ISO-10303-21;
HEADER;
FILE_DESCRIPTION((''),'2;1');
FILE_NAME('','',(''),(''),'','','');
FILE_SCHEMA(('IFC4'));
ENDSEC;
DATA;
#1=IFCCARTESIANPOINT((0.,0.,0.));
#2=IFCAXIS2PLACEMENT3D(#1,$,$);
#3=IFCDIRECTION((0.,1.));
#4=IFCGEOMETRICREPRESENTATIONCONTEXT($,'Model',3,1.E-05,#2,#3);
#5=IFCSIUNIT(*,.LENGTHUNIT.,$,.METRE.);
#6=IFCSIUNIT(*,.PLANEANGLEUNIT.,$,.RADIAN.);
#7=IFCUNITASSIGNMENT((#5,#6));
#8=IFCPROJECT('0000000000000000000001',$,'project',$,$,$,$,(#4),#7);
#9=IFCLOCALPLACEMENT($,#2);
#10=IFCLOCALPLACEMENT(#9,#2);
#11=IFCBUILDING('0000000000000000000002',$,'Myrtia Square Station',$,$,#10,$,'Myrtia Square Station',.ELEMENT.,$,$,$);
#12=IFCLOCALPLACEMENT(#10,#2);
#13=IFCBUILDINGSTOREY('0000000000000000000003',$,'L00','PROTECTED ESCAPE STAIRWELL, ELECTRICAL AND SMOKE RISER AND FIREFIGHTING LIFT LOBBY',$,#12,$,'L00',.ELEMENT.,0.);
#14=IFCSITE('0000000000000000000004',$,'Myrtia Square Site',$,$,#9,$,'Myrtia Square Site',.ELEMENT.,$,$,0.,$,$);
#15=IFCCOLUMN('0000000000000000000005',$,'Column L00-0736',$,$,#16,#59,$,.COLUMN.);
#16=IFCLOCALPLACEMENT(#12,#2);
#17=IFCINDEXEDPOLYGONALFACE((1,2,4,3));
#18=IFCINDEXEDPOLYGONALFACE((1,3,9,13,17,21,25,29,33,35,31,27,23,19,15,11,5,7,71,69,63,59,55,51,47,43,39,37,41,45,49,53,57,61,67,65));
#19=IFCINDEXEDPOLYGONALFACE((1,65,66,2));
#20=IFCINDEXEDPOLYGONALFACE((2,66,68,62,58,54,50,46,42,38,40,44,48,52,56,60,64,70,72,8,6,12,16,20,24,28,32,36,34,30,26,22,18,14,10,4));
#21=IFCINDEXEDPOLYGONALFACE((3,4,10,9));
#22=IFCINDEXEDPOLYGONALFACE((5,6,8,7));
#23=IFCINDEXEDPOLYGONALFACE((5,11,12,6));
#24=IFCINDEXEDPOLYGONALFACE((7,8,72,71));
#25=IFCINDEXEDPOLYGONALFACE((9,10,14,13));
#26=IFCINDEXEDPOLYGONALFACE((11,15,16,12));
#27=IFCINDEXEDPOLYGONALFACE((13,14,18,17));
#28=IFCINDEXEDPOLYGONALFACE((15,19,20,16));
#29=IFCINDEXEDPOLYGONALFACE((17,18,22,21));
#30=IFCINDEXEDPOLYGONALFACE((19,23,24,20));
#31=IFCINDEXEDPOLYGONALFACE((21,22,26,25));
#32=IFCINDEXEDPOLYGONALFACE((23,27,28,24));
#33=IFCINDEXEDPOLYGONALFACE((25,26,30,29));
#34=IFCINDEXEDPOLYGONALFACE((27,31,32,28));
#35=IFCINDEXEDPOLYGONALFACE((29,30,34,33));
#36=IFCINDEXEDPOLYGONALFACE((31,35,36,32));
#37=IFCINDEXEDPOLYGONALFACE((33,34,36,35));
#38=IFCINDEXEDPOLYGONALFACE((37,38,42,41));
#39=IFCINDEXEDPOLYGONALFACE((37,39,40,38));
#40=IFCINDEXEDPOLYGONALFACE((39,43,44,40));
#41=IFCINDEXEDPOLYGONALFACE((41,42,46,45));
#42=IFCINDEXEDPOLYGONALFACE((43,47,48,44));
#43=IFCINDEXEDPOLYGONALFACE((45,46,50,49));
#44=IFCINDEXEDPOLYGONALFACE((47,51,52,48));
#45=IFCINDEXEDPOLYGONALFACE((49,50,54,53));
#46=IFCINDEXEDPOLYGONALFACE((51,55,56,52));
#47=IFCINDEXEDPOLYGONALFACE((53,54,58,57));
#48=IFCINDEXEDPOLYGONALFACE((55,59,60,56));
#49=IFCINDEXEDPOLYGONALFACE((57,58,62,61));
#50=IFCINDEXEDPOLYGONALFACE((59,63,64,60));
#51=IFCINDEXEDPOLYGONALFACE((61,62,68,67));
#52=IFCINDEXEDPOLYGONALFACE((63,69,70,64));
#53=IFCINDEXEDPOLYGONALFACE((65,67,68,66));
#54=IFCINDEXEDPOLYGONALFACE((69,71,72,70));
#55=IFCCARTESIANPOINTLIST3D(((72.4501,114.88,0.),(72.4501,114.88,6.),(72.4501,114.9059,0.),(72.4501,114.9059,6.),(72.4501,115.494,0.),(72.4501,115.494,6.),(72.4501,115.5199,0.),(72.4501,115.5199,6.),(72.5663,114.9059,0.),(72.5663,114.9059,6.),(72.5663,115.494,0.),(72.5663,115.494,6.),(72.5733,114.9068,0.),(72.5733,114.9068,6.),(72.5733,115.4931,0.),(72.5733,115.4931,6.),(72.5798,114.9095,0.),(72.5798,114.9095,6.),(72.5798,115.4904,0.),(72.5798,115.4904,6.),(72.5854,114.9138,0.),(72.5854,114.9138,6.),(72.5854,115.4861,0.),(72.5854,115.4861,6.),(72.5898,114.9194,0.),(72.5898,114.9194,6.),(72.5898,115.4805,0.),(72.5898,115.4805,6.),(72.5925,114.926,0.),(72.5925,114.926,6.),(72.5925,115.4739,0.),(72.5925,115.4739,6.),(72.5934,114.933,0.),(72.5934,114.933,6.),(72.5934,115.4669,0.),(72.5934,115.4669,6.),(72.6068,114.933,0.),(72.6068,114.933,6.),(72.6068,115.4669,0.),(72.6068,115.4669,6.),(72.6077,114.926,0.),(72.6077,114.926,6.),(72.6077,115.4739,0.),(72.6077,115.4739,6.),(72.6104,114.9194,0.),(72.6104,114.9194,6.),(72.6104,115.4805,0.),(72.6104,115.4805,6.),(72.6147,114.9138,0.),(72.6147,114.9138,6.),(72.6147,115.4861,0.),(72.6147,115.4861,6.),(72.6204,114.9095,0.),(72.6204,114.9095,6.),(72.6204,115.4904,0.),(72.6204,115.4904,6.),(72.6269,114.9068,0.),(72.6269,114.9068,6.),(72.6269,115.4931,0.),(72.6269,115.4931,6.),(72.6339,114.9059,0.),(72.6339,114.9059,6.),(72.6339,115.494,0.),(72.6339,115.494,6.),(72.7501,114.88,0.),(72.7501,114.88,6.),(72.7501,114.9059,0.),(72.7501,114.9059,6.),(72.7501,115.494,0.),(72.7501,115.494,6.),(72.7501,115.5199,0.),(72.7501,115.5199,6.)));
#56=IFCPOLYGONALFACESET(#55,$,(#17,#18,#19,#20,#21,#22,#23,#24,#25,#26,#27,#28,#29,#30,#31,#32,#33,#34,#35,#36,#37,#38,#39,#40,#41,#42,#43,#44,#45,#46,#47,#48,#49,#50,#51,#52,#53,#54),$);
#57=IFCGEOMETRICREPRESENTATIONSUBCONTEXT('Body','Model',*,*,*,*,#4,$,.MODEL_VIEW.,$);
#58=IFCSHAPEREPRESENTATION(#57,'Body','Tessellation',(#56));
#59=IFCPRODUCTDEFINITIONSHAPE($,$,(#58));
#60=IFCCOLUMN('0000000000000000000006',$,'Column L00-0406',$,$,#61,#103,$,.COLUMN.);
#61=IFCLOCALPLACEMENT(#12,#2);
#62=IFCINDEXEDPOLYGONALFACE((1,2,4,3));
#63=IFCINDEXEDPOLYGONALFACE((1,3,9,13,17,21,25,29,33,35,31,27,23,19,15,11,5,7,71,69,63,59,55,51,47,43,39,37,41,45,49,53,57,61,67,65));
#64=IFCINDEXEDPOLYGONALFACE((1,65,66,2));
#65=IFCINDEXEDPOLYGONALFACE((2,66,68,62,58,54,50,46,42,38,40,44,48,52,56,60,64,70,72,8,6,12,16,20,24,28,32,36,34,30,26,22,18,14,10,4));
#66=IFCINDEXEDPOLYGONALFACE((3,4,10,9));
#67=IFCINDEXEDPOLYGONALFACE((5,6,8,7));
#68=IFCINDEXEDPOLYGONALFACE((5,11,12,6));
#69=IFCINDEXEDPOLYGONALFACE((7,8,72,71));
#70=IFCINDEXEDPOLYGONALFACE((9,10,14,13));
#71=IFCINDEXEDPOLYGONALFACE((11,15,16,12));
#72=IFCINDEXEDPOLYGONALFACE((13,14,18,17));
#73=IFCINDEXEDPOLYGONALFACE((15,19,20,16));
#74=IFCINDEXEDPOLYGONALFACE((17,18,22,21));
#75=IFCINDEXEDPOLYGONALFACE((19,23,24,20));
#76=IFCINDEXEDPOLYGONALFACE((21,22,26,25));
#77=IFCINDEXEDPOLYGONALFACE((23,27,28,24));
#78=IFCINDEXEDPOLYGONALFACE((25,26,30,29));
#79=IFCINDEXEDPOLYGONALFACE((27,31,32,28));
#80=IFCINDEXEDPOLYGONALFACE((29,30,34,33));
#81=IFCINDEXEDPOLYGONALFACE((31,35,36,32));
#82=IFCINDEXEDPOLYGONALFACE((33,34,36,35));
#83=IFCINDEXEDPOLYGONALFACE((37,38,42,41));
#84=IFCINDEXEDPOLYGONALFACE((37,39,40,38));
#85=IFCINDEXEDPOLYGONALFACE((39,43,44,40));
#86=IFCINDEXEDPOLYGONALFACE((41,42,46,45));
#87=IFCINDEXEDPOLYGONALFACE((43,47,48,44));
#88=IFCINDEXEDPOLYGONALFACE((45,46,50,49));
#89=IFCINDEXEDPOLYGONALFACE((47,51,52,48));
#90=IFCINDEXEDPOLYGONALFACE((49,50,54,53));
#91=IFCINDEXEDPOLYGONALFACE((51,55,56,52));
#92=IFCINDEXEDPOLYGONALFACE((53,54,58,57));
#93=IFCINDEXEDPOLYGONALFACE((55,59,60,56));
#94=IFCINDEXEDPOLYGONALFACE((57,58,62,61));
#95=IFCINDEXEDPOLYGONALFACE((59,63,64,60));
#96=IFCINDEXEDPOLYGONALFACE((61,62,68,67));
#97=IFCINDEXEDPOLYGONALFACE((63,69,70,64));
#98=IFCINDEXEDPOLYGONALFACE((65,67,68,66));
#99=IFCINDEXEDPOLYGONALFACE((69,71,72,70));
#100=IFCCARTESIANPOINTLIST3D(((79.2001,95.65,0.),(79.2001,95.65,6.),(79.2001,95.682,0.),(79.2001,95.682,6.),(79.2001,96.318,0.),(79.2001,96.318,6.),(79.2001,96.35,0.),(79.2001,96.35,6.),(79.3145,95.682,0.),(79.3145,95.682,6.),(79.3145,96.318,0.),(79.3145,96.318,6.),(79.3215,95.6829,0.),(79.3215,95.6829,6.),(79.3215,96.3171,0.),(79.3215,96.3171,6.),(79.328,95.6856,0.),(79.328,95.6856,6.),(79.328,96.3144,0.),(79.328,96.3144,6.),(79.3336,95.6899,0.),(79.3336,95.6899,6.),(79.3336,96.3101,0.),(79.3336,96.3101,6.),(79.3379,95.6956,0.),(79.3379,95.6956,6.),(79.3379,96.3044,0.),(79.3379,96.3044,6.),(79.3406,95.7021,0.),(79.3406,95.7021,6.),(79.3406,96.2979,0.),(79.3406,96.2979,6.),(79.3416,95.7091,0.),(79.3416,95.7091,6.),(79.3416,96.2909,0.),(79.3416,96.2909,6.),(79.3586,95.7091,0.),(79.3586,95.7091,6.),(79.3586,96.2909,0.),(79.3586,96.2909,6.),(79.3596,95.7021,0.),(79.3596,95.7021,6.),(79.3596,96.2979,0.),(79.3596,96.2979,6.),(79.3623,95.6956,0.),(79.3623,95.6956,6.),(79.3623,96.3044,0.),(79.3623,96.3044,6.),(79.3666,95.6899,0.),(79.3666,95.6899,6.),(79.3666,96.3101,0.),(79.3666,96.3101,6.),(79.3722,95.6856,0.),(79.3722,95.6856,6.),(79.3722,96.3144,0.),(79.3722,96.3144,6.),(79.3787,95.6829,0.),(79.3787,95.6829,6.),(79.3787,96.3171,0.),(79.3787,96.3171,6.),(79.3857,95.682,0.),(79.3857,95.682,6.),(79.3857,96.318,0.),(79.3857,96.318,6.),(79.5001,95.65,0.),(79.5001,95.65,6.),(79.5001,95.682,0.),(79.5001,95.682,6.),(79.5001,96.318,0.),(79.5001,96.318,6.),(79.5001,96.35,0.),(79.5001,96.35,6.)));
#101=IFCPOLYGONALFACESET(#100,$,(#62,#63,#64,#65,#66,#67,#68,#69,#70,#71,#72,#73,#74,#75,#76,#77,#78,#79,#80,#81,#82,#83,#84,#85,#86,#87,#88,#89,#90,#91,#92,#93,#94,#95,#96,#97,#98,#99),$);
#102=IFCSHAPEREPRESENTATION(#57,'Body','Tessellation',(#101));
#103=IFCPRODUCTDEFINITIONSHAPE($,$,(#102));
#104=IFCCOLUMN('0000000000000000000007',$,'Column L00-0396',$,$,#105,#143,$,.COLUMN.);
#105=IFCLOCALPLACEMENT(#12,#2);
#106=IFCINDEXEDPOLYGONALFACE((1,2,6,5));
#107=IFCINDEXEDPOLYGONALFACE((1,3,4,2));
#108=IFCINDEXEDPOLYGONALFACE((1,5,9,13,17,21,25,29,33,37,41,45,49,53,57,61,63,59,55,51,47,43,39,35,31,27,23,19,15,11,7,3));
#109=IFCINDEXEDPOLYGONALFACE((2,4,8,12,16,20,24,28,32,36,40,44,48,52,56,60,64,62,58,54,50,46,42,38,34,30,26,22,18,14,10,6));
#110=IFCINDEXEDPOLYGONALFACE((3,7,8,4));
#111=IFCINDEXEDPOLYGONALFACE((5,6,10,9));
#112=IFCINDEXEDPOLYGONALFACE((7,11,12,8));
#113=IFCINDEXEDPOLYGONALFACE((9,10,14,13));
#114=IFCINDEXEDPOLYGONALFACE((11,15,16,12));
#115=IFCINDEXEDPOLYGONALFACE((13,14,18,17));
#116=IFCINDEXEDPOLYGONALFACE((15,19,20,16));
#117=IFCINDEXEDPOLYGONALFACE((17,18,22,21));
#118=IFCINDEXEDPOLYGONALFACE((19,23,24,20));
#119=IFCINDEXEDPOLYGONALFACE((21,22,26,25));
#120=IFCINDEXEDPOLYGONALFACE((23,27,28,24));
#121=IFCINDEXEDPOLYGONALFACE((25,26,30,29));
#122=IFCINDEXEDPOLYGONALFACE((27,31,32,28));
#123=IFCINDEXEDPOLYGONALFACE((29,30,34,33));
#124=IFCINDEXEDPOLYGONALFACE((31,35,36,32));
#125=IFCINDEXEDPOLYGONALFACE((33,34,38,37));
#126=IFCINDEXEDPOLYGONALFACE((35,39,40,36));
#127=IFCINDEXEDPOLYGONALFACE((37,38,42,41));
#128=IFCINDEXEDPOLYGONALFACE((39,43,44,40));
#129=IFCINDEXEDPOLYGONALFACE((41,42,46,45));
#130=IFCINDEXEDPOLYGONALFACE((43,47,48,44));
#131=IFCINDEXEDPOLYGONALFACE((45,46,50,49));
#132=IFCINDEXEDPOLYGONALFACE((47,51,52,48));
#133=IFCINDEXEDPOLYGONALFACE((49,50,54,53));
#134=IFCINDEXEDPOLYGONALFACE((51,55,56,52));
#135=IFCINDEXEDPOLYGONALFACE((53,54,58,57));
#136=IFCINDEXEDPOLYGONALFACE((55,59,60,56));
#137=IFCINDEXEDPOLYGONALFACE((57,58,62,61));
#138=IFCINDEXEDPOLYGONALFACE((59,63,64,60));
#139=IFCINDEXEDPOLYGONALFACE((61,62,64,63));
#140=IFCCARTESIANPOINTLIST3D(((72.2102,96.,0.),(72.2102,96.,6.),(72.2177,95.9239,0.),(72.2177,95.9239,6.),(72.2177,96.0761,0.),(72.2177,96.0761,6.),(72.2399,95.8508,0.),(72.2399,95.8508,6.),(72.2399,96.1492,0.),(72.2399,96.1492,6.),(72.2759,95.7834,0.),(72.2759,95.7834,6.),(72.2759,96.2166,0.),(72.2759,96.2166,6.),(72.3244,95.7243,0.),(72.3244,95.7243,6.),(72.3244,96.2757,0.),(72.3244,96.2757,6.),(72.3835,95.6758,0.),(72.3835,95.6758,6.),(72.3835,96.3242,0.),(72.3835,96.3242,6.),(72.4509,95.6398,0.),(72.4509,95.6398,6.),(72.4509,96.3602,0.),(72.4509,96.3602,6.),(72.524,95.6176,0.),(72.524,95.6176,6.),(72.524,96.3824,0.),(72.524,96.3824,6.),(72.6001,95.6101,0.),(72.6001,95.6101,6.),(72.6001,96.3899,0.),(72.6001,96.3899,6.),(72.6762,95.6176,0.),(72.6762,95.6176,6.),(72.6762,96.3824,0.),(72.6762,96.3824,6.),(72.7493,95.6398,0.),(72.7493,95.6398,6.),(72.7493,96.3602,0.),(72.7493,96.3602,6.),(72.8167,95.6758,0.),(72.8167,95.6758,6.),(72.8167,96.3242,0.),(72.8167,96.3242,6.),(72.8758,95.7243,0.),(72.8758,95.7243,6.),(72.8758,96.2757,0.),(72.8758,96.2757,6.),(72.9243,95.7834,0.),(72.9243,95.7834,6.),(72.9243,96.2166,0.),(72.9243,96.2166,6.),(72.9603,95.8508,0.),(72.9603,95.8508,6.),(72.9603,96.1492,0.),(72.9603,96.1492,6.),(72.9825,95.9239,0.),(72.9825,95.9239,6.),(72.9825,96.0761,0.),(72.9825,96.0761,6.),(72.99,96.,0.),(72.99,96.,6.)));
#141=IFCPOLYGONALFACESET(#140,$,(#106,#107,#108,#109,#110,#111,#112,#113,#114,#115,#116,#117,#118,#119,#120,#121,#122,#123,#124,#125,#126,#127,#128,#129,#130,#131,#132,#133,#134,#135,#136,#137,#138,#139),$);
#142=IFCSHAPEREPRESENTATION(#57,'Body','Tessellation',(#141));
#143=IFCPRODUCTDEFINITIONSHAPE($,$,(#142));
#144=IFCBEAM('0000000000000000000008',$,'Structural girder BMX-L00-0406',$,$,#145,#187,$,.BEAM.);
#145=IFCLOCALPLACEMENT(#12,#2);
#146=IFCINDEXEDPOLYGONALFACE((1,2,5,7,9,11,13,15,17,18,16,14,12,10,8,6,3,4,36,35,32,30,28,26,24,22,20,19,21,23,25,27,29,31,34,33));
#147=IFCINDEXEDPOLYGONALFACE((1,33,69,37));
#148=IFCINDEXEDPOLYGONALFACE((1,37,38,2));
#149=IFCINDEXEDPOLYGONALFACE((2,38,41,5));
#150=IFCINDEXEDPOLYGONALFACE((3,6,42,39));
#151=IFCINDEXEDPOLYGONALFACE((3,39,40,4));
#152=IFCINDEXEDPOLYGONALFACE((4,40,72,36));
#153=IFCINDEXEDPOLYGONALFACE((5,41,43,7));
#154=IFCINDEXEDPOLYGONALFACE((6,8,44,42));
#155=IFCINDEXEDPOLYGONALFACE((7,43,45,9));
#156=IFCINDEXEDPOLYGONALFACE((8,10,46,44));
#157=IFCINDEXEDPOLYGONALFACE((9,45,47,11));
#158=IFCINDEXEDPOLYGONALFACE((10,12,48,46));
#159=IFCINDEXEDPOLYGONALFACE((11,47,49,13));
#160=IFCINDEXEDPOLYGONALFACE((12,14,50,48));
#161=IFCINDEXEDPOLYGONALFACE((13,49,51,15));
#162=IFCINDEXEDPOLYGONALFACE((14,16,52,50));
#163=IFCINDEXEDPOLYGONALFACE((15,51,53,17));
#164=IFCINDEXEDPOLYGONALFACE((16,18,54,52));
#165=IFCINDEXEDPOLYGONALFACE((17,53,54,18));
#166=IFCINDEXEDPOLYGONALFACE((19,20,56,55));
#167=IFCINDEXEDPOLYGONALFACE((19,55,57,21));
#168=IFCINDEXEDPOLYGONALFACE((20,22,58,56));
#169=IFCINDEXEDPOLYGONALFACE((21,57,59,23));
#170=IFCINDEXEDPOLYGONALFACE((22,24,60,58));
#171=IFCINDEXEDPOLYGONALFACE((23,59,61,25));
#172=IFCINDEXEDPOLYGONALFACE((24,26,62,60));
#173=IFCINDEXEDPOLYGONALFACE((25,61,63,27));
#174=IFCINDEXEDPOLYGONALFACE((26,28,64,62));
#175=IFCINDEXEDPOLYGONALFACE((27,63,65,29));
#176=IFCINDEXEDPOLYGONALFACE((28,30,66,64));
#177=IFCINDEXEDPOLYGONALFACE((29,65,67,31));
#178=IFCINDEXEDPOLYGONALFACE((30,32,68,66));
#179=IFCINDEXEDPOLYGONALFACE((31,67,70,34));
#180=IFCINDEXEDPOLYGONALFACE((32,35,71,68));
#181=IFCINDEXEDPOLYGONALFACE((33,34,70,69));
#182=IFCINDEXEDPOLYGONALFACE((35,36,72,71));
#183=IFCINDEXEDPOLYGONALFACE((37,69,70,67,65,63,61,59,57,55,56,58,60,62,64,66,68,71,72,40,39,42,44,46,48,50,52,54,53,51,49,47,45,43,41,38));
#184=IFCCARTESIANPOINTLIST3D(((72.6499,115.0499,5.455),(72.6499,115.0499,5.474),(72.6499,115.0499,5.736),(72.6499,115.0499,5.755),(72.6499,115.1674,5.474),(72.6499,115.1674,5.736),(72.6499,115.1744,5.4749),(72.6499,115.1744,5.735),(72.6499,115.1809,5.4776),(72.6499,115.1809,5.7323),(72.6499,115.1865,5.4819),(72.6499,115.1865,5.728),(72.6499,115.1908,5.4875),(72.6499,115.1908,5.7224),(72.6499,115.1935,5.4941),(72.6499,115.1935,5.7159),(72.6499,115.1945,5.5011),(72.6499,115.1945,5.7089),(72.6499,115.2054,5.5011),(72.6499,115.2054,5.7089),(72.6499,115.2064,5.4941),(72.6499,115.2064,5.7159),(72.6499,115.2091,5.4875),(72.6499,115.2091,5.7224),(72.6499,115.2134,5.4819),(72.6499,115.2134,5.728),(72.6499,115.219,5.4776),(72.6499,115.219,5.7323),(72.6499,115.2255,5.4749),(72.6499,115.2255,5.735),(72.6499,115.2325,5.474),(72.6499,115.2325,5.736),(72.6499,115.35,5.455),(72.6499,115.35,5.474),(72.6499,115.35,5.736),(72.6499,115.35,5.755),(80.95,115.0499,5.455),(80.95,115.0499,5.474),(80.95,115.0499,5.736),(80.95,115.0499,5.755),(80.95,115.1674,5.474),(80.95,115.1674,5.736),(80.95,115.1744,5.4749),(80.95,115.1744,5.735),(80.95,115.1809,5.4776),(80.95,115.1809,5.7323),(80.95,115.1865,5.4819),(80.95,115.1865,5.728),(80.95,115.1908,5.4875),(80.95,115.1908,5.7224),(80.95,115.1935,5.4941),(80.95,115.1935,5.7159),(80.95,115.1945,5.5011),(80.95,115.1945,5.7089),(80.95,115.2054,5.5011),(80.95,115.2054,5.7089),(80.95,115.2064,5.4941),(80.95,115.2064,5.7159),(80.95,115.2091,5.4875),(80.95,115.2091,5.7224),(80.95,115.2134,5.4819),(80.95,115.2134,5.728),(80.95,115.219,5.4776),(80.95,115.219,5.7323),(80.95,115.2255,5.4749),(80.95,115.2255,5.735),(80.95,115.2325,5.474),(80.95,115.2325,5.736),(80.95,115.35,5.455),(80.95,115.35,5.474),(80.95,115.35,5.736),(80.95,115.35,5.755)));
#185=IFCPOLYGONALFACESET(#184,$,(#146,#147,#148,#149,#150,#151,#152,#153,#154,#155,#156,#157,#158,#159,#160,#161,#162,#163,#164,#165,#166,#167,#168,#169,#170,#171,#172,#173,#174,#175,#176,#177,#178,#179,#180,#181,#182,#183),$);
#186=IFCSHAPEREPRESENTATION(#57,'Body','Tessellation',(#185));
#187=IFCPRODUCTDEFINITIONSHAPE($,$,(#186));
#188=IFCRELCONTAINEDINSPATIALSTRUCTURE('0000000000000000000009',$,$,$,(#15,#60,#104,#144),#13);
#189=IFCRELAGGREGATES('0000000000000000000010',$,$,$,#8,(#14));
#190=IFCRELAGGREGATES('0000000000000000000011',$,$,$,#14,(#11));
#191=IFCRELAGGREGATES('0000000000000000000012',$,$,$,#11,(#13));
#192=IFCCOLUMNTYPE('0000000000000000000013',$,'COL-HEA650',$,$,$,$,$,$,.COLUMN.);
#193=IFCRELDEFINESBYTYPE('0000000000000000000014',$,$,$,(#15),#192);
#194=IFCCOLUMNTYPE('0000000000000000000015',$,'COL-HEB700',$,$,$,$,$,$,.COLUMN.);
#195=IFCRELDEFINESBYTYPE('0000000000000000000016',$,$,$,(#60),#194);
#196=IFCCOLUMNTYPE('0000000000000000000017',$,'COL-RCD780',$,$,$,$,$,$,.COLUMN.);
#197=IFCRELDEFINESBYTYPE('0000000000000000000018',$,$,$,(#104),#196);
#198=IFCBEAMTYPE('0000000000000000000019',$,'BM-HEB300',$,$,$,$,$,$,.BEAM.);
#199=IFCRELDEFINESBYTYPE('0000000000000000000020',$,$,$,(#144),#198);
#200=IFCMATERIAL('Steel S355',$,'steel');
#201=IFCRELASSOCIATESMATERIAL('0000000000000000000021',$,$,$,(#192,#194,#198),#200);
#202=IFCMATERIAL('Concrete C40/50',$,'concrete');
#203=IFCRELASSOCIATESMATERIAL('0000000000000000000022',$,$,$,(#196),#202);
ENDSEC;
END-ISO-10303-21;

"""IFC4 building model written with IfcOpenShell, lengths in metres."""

from ifc_helpers import new_model, si_unit, direction, frame, origin, origin_2d, place, context, subcontext, project, spatial, circle, i_section, extrude, material, material_profile, profile_set, type_object, element, save


model = new_model("IFC4")

# Units and contexts
model_context = context("Model", 3, precision=1e-05, world=origin(), true_north=direction((0.0, 1.0)))
body_context = subcontext(model_context, "Body", "Model", "MODEL_VIEW")
ifc_project = project(units=[si_unit("LENGTHUNIT", "METRE"), si_unit("PLANEANGLEUNIT", "RADIAN")], contexts=[model_context])

# Site, building, storey
site_placement = place(None, origin())
site = spatial("IfcSite", under=ifc_project, at=site_placement, Name="Myrtia Square Site", LongName="Myrtia Square Site", CompositionType="ELEMENT", RefElevation=0.0)
building_placement = place(site_placement, origin())
building = spatial("IfcBuilding", under=site, at=building_placement, Name="Myrtia Square Station", LongName="Myrtia Square Station", CompositionType="ELEMENT")
storey_placement = place(building_placement, origin())
storey = spatial("IfcBuildingStorey", under=building, at=storey_placement, Name="L00", Description="PROTECTED ESCAPE STAIRWELL, ELECTRICAL AND SMOKE RISER AND FIREFIGHTING LIFT LOBBY", LongName="L00", CompositionType="ELEMENT", Elevation=0.0)

# Columns
ifc_material_1 = material(Name="Steel S355", Category="steel")
ifc_material_profile_1 = material_profile(ifc_material_1, i_section(OverallWidth=0.3, OverallDepth=0.6399, WebThickness=0.0134, FlangeThickness=0.0259, FilletRadius=0.0271, at=origin_2d()), Name="HEA 650")
ifc_profile_set_1 = profile_set([ifc_material_profile_1], Name="Steel S355")
column_type_1 = type_object("IfcColumnType", Name="COL-HEA650", PredefinedType="COLUMN", material=ifc_profile_set_1)
column_1_placement = place(storey_placement, frame((72.6001, 115.2, 0.0), z_axis=(0.0, 0.0, 1.0), x_axis=(1.0, 0.0, 0.0)))
element("IfcColumn", 1, at=column_1_placement, inside=storey, type_object=column_type_1, Name="Column L00-0736", PredefinedType="COLUMN", context=body_context, shape_type="SweptSolid", body=[
    extrude(i_section(OverallWidth=0.3, OverallDepth=0.6399, WebThickness=0.0134, FlangeThickness=0.0259, FilletRadius=0.0271, at=origin_2d()), origin(), (0.0, 0.0, 1.0), 6.0),
])
ifc_material_profile_2 = material_profile(ifc_material_1, i_section(OverallWidth=0.3, OverallDepth=0.7, WebThickness=0.0171, FlangeThickness=0.032, FilletRadius=0.0271, at=origin_2d()), Name="HEB 700")
ifc_profile_set_2 = profile_set([ifc_material_profile_2], Name="Steel S355")
column_type_2 = type_object("IfcColumnType", Name="COL-HEB700", PredefinedType="COLUMN", material=ifc_profile_set_2)
column_2_placement = place(storey_placement, frame((79.3501, 96.0, 0.0), z_axis=(0.0, 0.0, 1.0), x_axis=(1.0, 0.0, 0.0)))
element("IfcColumn", 2, at=column_2_placement, inside=storey, type_object=column_type_2, Name="Column L00-0406", PredefinedType="COLUMN", context=body_context, shape_type="SweptSolid", body=[
    extrude(i_section(OverallWidth=0.3, OverallDepth=0.7, WebThickness=0.0171, FlangeThickness=0.032, FilletRadius=0.0271, at=origin_2d()), origin(), (0.0, 0.0, 1.0), 6.0),
])
ifc_material_2 = material(Name="Concrete C40/50", Category="concrete")
ifc_material_profile_3 = material_profile(ifc_material_2, circle(Radius=0.3899, at=origin_2d()), Name="RC D780")
ifc_profile_set_3 = profile_set([ifc_material_profile_3], Name="Concrete C40/50")
column_type_3 = type_object("IfcColumnType", Name="COL-RCD780", PredefinedType="COLUMN", material=ifc_profile_set_3)
column_3_placement = place(storey_placement, frame((72.6001, 96.0, 0.0), z_axis=(0.0, 0.0, 1.0), x_axis=(1.0, 0.0, 0.0)))
element("IfcColumn", 3, at=column_3_placement, inside=storey, type_object=column_type_3, Name="Column L00-0396", PredefinedType="COLUMN", context=body_context, shape_type="SweptSolid", body=[
    extrude(circle(Radius=0.3899, at=origin_2d()), origin(), (0.0, 0.0, 1.0), 6.0),
])

# Beam
ifc_material_profile_4 = material_profile(ifc_material_1, i_section(OverallWidth=0.3, OverallDepth=0.3, WebThickness=0.011, FlangeThickness=0.019, FilletRadius=0.0271, at=origin_2d()), Name="HEB 300")
ifc_profile_set_4 = profile_set([ifc_material_profile_4], Name="Steel S355")
beam_type_1 = type_object("IfcBeamType", Name="BM-HEB300", PredefinedType="BEAM", material=ifc_profile_set_4)
beam_1_placement = place(storey_placement, frame((72.6499, 115.2, 5.605), z_axis=(1.0, 0.0, 0.0), x_axis=(0.0, 1.0, 0.0)))
element("IfcBeam", 4, at=beam_1_placement, inside=storey, type_object=beam_type_1, Name="Structural girder BMX-L00-0406", PredefinedType="BEAM", context=body_context, shape_type="SweptSolid", body=[
    extrude(i_section(OverallWidth=0.3, OverallDepth=0.3, WebThickness=0.011, FlangeThickness=0.019, FilletRadius=0.0271, at=origin_2d()), origin(), (0.0, 0.0, 1.0), 8.3),
])

save(model, "model.ifc")
